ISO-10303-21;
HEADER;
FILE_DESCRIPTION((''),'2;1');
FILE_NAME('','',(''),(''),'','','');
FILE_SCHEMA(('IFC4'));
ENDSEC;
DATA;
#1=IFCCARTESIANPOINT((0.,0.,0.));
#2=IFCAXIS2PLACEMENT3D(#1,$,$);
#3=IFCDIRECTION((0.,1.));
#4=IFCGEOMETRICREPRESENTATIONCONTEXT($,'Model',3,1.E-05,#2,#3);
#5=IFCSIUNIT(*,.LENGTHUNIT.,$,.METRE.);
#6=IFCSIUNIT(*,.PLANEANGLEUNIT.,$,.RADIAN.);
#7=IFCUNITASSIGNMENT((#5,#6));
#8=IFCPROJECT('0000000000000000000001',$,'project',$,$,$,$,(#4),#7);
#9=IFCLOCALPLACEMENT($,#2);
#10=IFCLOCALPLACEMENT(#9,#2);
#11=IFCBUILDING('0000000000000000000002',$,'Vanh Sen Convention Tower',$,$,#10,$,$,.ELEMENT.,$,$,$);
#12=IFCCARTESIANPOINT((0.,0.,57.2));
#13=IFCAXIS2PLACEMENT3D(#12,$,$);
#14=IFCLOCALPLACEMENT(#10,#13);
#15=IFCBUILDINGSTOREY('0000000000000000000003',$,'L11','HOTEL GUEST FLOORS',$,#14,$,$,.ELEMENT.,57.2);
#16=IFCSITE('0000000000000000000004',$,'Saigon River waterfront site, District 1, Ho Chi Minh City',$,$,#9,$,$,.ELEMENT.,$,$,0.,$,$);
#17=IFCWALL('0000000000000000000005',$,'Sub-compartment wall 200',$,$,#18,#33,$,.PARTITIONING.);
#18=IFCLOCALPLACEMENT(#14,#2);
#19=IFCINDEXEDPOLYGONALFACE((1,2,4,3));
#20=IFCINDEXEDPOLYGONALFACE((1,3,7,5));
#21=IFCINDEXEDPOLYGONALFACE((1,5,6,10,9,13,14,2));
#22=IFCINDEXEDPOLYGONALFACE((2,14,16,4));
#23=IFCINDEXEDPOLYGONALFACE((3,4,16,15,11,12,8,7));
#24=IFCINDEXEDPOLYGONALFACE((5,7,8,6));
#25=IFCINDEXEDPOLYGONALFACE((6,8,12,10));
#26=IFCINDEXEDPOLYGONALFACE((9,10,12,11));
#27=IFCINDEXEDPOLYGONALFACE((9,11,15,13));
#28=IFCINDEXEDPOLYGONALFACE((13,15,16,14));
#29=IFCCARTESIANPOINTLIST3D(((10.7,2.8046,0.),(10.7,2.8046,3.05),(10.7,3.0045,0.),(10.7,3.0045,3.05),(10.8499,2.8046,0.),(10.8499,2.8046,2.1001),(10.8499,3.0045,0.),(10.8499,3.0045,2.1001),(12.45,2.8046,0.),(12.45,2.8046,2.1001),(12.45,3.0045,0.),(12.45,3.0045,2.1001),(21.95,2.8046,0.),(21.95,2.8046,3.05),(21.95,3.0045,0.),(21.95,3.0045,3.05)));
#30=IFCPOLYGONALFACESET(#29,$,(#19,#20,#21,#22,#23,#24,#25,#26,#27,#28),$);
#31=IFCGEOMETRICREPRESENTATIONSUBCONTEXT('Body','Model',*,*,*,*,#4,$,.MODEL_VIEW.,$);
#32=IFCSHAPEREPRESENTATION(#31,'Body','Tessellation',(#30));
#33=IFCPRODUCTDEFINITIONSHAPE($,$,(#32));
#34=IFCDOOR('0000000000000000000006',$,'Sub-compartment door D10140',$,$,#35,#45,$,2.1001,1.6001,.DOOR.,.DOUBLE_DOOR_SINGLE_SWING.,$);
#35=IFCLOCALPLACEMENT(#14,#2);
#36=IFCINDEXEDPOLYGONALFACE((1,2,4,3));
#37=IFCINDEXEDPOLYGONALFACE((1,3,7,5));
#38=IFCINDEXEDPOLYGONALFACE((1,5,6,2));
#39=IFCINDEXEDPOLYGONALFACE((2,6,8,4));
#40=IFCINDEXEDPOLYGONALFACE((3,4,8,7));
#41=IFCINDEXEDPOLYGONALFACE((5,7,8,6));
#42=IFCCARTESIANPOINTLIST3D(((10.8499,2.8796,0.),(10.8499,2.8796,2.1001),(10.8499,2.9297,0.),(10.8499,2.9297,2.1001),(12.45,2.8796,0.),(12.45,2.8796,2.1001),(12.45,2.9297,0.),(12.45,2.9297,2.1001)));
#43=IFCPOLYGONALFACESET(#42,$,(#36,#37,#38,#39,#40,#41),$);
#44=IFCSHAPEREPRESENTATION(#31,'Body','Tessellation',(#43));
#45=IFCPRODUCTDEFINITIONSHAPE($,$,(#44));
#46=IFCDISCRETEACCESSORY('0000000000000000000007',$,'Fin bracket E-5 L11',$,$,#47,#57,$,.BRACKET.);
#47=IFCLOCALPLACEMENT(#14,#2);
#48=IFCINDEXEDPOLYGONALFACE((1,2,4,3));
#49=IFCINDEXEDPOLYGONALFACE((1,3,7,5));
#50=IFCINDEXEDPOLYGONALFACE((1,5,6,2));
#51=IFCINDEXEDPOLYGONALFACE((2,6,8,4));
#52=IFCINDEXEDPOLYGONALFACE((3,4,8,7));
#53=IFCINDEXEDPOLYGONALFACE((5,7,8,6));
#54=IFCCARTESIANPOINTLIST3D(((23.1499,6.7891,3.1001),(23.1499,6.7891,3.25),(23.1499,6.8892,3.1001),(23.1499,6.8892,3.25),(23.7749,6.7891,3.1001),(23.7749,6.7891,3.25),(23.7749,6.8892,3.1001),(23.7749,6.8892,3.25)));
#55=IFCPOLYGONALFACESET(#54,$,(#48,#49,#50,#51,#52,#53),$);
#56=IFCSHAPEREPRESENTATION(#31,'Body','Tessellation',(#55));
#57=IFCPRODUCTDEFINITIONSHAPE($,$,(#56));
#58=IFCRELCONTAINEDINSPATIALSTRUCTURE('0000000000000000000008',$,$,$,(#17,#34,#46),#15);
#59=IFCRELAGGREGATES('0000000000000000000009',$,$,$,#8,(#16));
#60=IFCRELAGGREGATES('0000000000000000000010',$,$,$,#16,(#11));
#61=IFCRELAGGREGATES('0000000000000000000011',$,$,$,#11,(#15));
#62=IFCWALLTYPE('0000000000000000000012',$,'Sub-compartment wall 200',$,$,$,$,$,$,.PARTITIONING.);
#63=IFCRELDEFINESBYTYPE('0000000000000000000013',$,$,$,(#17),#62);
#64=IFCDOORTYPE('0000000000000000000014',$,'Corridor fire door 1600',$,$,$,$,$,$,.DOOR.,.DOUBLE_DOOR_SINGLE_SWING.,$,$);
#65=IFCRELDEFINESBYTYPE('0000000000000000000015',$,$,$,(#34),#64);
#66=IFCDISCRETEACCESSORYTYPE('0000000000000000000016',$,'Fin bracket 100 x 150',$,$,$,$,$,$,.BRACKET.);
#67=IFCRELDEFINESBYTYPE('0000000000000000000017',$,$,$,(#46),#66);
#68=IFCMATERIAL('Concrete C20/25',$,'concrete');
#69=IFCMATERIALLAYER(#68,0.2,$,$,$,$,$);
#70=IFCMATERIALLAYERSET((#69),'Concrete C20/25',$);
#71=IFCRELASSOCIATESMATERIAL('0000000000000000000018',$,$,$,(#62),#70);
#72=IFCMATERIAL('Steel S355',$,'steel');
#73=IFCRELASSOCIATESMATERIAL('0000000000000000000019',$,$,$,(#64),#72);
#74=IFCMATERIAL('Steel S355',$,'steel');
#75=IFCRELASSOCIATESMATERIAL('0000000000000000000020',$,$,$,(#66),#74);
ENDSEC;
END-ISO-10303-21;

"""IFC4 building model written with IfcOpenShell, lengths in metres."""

from ifc_helpers import new_model, si_unit, direction, frame, frame_2d, origin, origin_2d, place, context, subcontext, project, spatial, rectangle, extrude, material, layer, layer_set, type_object, element, fill, save


model = new_model("IFC4")

# Units and contexts
model_context = context("Model", 3, precision=1e-05, world=origin(), true_north=direction((0.0, 1.0)))
body_context = subcontext(model_context, "Body", "Model", "MODEL_VIEW")
ifc_project = project(units=[si_unit("LENGTHUNIT", "METRE"), si_unit("PLANEANGLEUNIT", "RADIAN")], contexts=[model_context])

# Site, building, storey
site_placement = place(None, origin())
site = spatial("IfcSite", under=ifc_project, at=site_placement, Name="Saigon River waterfront site, District 1, Ho Chi Minh City", CompositionType="ELEMENT", RefElevation=0.0)
building_placement = place(site_placement, origin())
building = spatial("IfcBuilding", under=site, at=building_placement, Name="Vanh Sen Convention Tower", CompositionType="ELEMENT")
storey_placement = place(building_placement, frame((0.0, 0.0, 57.2)))
storey = spatial("IfcBuildingStorey", under=building, at=storey_placement, Name="L11", Description="HOTEL GUEST FLOORS", CompositionType="ELEMENT", Elevation=57.2)

# Wall, opening, door
ifc_material_1 = material(Name="Concrete C20/25", Category="concrete")
ifc_layer_1 = layer(ifc_material_1, 0.2)
ifc_layer_set_1 = layer_set([ifc_layer_1], Name="Concrete C20/25")
wall_type_1 = type_object("IfcWallType", Name="Sub-compartment wall 200", PredefinedType="PARTITIONING", material=ifc_layer_set_1)
wall_1_placement = place(storey_placement, frame((21.95, 2.9045, 0.0), z_axis=(0.0, 0.0, 1.0), x_axis=(-1.0, 0.0, 0.0)))
wall_1 = element("IfcWall", 1, at=wall_1_placement, inside=storey, type_object=wall_type_1, Name="Sub-compartment wall 200", PredefinedType="PARTITIONING", context=body_context, shape_type="SweptSolid", body=[
    extrude(rectangle(XDim=11.25, YDim=0.2, at=frame_2d((5.625, 0.0))), origin(), (0.0, 0.0, 1.0), 3.05),
])
opening_1_placement = place(wall_1_placement, frame((9.5, 0.0, 0.0)))
opening_1 = element("IfcOpeningElement", 2, at=opening_1_placement, cuts=wall_1, PredefinedType="OPENING", context=body_context, shape_type="SweptSolid", body=[
    extrude(rectangle(XDim=1.6001, YDim=2.1001, at=frame_2d((0.8, 1.05))), frame((0.0, 0.1099, 0.0), z_axis=(0.0, -1.0, 0.0), x_axis=(1.0, 0.0, 0.0)), (0.0, 0.0, 1.0), 0.22),
])
ifc_material_2 = material(Name="Steel S355", Category="steel")
door_type_1 = type_object("IfcDoorType", Name="Corridor fire door 1600", OperationType="DOUBLE_DOOR_SINGLE_SWING", PredefinedType="DOOR", material=ifc_material_2)
door_1_placement = place(opening_1_placement, origin())
door_1 = element("IfcDoor", 3, at=door_1_placement, inside=storey, type_object=door_type_1, Name="Sub-compartment door D10140", OperationType="DOUBLE_DOOR_SINGLE_SWING", OverallHeight=2.1001, OverallWidth=1.6001, PredefinedType="DOOR", context=body_context, shape_type="SweptSolid", body=[
    extrude(rectangle(XDim=1.6001, YDim=2.1001, at=frame_2d((0.8, 1.05))), frame((0.0, 0.0249, 0.0), z_axis=(0.0, -1.0, 0.0), x_axis=(1.0, 0.0, 0.0)), (0.0, 0.0, 1.0), 0.05),
])
fill(opening_1, door_1)

# Discrete accessory
ifc_material_3 = material(Name="Steel S355", Category="steel")
discrete_accessory_type = type_object("IfcDiscreteAccessoryType", Name="Fin bracket 100 x 150", PredefinedType="BRACKET", material=ifc_material_3)
discrete_accessory_placement = place(storey_placement, frame((23.4624, 6.8391, 3.1001), z_axis=(0.0, 0.0, 1.0), x_axis=(1.0, 0.0, 0.0)))
element("IfcDiscreteAccessory", 4, at=discrete_accessory_placement, inside=storey, type_object=discrete_accessory_type, Name="Fin bracket E-5 L11", PredefinedType="BRACKET", context=body_context, shape_type="SweptSolid", body=[
    extrude(rectangle(XDim=0.625, YDim=0.1001, at=origin_2d()), origin(), (0.0, 0.0, 1.0), 0.1499),
])

save(model, "model.ifc")
